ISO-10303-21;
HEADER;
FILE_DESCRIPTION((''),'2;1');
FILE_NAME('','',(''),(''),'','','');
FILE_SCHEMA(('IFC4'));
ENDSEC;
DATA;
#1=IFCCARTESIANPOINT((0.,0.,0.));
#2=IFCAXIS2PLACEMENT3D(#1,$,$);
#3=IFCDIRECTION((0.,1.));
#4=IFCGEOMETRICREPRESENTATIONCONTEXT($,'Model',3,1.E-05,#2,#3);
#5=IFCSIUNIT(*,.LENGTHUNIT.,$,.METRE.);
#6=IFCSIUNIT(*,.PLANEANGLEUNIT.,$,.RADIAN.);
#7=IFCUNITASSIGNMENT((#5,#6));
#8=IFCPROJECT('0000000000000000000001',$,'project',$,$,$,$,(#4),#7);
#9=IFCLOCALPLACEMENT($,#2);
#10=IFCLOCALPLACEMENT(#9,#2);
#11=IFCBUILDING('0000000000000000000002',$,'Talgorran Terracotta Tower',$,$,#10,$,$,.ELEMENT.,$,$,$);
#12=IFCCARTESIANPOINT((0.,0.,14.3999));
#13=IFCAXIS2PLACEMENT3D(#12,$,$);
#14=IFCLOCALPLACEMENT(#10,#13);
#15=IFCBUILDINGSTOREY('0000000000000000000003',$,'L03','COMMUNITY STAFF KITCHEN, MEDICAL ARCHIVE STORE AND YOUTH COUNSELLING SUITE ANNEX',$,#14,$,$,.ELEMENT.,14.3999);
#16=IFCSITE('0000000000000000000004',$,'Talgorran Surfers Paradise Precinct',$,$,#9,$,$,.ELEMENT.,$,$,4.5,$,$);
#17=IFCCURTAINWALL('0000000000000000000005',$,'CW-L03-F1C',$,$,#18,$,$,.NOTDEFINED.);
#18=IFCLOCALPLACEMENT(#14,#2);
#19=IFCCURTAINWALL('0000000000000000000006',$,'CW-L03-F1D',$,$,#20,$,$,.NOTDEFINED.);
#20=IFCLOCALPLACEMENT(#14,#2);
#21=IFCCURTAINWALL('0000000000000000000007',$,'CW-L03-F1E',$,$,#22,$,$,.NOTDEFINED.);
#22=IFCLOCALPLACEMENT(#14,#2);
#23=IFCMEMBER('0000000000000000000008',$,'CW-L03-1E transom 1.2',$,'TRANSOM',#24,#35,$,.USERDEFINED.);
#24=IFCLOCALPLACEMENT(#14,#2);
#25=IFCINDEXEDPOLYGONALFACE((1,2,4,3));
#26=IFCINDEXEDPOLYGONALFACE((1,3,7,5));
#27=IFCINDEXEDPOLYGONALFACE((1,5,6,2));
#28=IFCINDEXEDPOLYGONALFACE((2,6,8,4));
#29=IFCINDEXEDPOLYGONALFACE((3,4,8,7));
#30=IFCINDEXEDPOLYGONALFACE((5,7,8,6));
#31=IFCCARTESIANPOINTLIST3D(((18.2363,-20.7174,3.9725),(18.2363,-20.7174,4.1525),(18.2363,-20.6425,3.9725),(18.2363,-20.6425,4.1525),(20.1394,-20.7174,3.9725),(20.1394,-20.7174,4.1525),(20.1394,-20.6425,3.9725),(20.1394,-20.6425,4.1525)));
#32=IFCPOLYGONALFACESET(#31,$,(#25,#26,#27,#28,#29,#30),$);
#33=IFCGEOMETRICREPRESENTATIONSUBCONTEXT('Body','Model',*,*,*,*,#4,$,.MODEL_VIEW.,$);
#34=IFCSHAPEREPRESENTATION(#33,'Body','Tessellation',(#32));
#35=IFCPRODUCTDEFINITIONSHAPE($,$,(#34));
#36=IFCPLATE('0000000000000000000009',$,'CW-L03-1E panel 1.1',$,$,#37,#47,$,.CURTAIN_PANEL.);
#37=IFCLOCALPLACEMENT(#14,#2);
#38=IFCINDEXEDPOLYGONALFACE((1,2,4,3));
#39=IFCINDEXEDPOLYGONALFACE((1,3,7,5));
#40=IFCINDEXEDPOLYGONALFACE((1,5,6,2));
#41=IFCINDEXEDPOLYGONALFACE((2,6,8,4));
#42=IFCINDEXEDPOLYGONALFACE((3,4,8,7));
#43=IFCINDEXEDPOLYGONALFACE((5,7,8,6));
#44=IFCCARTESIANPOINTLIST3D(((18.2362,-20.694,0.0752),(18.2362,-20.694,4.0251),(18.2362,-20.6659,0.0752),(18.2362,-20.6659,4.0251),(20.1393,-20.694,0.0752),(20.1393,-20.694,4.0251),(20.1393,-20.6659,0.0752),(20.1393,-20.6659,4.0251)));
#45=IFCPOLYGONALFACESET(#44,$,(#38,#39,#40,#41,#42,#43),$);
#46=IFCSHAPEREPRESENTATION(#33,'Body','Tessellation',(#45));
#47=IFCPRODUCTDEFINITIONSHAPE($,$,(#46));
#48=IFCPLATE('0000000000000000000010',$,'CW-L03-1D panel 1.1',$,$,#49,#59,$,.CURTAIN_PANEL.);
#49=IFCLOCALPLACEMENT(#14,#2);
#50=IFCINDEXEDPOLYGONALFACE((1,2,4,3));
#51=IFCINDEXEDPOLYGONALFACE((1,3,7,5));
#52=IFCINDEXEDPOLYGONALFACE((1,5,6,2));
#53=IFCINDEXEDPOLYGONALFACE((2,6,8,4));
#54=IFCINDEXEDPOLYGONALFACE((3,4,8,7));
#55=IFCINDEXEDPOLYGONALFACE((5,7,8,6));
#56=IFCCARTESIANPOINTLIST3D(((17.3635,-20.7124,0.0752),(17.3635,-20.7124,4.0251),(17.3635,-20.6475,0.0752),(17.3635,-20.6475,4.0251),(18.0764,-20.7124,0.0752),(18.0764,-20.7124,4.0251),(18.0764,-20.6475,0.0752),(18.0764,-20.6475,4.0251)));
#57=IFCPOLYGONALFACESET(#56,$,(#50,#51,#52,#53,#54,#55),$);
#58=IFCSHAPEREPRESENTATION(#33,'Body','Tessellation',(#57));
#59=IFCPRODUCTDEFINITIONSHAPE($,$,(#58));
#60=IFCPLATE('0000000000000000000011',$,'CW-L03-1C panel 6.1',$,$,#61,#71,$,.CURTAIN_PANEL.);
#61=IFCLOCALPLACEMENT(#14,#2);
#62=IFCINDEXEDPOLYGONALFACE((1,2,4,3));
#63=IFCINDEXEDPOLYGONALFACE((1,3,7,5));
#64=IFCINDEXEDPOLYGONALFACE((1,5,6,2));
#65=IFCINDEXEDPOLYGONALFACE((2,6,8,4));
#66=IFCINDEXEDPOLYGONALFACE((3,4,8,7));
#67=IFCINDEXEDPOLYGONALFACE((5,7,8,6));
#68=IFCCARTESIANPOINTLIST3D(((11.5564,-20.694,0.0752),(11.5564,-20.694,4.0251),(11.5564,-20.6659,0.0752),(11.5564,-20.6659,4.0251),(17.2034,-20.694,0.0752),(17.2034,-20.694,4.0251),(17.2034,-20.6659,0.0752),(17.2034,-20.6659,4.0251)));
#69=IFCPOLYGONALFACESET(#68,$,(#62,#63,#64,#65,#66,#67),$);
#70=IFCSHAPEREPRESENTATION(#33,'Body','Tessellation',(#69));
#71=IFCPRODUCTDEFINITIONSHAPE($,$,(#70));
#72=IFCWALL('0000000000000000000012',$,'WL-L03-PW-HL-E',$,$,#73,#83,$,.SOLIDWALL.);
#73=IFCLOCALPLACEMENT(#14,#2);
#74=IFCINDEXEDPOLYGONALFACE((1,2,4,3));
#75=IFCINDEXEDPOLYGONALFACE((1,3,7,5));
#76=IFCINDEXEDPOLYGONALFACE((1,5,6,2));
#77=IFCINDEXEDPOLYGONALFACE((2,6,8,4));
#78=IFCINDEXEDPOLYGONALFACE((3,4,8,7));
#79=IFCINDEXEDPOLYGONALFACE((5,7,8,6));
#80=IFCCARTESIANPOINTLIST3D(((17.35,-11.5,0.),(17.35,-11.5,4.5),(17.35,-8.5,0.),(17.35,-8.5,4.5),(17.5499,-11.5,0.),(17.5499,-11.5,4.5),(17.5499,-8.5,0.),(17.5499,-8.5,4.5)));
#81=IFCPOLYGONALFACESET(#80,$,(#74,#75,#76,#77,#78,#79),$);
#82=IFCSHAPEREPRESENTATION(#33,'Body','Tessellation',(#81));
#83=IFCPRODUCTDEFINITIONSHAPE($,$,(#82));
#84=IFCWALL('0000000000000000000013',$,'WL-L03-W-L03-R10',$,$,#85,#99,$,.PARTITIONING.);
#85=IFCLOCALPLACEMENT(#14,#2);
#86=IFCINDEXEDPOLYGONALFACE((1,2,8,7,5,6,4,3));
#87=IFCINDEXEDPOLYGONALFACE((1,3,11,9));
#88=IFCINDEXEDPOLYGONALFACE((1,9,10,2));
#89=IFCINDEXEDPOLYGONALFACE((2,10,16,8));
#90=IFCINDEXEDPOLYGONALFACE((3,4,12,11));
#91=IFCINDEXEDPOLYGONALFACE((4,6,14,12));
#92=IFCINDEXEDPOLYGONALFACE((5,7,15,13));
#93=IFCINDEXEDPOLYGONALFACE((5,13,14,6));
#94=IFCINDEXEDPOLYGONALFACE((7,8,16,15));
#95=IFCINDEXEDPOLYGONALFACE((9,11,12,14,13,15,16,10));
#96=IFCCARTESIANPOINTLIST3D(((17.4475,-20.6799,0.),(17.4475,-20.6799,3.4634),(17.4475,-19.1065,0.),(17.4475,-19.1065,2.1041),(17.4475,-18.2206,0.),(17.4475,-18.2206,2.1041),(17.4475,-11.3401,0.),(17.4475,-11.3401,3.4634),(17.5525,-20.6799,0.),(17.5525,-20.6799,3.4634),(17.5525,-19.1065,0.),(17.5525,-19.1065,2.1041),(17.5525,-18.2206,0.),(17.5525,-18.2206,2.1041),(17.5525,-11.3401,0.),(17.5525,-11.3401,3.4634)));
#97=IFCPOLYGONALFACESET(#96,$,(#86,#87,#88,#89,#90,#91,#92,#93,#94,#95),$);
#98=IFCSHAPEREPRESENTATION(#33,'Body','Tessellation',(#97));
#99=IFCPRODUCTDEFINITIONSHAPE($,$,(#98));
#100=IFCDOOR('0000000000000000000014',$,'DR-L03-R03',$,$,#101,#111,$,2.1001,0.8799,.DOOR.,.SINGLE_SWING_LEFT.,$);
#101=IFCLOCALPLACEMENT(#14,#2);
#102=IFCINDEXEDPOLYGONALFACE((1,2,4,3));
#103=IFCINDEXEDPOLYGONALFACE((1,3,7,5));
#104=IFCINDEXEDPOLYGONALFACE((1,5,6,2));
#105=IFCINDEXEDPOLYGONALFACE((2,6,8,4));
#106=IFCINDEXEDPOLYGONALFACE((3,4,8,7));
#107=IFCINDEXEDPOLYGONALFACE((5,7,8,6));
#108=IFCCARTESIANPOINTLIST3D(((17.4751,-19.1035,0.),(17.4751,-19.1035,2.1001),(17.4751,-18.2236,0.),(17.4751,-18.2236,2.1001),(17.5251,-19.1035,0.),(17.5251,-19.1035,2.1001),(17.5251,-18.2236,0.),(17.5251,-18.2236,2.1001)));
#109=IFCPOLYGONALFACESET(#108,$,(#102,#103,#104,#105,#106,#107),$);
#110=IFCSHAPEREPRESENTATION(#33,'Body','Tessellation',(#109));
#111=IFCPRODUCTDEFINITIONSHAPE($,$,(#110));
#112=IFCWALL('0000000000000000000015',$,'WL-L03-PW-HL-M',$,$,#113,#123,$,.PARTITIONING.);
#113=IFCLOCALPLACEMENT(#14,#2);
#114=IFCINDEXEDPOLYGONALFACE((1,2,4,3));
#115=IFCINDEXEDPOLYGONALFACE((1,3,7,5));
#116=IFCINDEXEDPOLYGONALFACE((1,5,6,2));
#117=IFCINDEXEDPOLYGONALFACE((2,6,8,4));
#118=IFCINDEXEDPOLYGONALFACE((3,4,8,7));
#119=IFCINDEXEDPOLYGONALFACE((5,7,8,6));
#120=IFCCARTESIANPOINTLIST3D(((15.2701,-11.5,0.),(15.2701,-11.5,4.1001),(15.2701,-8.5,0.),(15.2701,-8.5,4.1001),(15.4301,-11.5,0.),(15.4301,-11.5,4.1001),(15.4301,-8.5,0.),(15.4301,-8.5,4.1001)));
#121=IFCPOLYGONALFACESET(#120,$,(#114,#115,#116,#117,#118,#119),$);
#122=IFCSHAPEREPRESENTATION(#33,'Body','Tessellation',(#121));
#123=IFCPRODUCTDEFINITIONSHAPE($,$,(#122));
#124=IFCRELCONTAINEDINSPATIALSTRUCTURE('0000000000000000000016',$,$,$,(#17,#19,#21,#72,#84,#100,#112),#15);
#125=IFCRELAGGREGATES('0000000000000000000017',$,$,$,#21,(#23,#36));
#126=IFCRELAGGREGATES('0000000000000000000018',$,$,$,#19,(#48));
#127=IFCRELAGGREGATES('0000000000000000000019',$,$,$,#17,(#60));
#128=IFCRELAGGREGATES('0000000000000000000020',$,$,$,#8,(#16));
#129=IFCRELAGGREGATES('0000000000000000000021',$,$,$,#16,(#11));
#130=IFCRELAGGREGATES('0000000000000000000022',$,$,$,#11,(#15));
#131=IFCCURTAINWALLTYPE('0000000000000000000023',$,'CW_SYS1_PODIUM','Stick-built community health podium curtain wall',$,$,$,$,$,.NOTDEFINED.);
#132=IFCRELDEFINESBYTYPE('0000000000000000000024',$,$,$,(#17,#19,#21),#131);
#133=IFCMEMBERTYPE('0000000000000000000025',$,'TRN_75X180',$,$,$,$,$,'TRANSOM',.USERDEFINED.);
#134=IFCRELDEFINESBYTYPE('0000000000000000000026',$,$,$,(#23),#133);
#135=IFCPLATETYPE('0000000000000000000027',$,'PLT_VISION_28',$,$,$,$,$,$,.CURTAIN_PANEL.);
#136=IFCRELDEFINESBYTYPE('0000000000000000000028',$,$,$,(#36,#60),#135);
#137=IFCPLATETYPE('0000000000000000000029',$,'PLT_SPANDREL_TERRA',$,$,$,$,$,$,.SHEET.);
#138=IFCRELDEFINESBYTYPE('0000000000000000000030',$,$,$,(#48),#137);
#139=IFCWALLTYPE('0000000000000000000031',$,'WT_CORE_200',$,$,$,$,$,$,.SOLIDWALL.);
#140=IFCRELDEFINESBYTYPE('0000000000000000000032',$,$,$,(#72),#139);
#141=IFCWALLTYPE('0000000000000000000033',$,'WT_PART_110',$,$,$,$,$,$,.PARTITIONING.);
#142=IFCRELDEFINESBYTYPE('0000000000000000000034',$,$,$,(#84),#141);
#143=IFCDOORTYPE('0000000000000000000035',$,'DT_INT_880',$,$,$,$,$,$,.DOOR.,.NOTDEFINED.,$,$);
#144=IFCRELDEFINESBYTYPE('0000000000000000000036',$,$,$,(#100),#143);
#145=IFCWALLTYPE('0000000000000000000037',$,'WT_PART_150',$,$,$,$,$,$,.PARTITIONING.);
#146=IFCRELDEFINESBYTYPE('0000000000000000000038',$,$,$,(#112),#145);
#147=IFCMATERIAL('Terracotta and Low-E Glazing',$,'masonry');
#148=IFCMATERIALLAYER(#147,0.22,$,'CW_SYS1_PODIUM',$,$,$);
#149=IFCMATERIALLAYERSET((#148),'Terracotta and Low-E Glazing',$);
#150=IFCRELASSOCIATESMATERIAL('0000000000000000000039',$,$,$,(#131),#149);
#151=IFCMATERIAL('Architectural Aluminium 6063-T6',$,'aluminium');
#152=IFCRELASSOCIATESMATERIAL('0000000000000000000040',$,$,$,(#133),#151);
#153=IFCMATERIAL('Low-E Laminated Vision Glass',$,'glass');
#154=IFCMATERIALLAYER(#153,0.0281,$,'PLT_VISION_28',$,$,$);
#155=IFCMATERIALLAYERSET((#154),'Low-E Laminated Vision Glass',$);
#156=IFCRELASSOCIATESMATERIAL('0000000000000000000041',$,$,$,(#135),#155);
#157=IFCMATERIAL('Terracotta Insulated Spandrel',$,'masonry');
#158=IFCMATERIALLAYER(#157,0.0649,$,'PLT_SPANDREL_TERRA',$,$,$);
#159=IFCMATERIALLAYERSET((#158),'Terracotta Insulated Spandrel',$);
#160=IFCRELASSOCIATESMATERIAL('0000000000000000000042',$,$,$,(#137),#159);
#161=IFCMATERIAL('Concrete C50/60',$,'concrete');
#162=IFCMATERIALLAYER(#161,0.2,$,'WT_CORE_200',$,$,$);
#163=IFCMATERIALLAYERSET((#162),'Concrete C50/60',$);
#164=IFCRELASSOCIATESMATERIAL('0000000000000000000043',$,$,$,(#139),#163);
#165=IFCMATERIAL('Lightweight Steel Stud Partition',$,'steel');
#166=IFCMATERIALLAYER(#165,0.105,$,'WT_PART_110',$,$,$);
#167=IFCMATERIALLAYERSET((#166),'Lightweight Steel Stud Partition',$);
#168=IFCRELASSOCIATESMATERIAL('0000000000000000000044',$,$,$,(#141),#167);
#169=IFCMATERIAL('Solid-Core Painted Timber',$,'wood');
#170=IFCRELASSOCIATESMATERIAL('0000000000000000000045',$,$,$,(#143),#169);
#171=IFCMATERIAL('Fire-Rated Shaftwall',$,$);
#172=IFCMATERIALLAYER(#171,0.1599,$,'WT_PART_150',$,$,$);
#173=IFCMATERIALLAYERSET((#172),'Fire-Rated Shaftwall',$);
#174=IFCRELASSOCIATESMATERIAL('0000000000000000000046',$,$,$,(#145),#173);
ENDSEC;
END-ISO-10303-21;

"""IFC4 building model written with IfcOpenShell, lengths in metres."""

from ifc_helpers import new_model, si_unit, direction, frame, frame_2d, origin, origin_2d, place, context, subcontext, project, spatial, rectangle, extrude, source, transform, mapped, material, layer, layer_set, material_profile, profile_set, type_object, type_shapes, element, fill, aggregate, save


model = new_model("IFC4")

# Units and contexts
model_context = context("Model", 3, precision=1e-05, world=origin(), true_north=direction((0.0, 1.0)))
body_context = subcontext(model_context, "Body", "Model", "MODEL_VIEW")
ifc_project = project(units=[si_unit("LENGTHUNIT", "METRE"), si_unit("PLANEANGLEUNIT", "RADIAN")], contexts=[model_context])

# Site, building, storey
site_placement = place(None, origin())
site = spatial("IfcSite", under=ifc_project, at=site_placement, Name="Talgorran Surfers Paradise Precinct", CompositionType="ELEMENT", RefElevation=4.5)
building_placement = place(site_placement, origin())
building = spatial("IfcBuilding", under=site, at=building_placement, Name="Talgorran Terracotta Tower", CompositionType="ELEMENT")
storey_placement = place(building_placement, frame((0.0, 0.0, 14.3999)))
storey = spatial("IfcBuildingStorey", under=building, at=storey_placement, Name="L03", Description="COMMUNITY STAFF KITCHEN, MEDICAL ARCHIVE STORE AND YOUTH COUNSELLING SUITE ANNEX", CompositionType="ELEMENT", Elevation=14.3999)

# Curtain wall
ifc_material_1 = material(Name="Terracotta and Low-E Glazing", Category="masonry")
ifc_layer_1 = layer(ifc_material_1, 0.22, Name="CW_SYS1_PODIUM")
ifc_layer_set_1 = layer_set([ifc_layer_1], Name="Terracotta and Low-E Glazing")
curtain_wall_type = type_object("IfcCurtainWallType", Name="CW_SYS1_PODIUM", Description="Stick-built community health podium curtain wall", PredefinedType="NOTDEFINED", material=ifc_layer_set_1)
curtain_wall_1_placement = place(storey_placement, origin())
curtain_wall_1 = element("IfcCurtainWall", 1, at=curtain_wall_1_placement, inside=storey, type_object=curtain_wall_type, Name="CW-L03-F1C", PredefinedType="NOTDEFINED")
ifc_material_2 = material(Name="Architectural Aluminium 6063-T6", Category="aluminium")

# Curtain walls
curtain_wall_2_placement = place(storey_placement, origin())
curtain_wall_2 = element("IfcCurtainWall", 2, at=curtain_wall_2_placement, inside=storey, type_object=curtain_wall_type, Name="CW-L03-F1D", PredefinedType="NOTDEFINED")
curtain_wall_3_placement = place(storey_placement, origin())
curtain_wall_3 = element("IfcCurtainWall", 3, at=curtain_wall_3_placement, inside=storey, type_object=curtain_wall_type, Name="CW-L03-F1E", PredefinedType="NOTDEFINED")

# Member
ifc_material_profile_1 = material_profile(ifc_material_2, rectangle(XDim=0.075, YDim=0.1799, at=origin_2d()), Name="CWT75X180")
ifc_profile_set_1 = profile_set([ifc_material_profile_1], Name="Architectural Aluminium 6063-T6")
member_type_1 = type_object("IfcMemberType", Name="TRN_75X180", ElementType="TRANSOM", PredefinedType="USERDEFINED", material=ifc_profile_set_1)
member_1_placement = place(storey_placement, frame((18.2363, -20.6799, 4.0625), z_axis=(1.0, 0.0, 0.0), x_axis=(0.0, 1.0, 0.0)))
member_1 = element("IfcMember", 4, at=member_1_placement, type_object=member_type_1, Name="CW-L03-1E transom 1.2", ObjectType="TRANSOM", PredefinedType="USERDEFINED", context=body_context, shape_type="SweptSolid", body=[
    extrude(rectangle(XDim=0.075, YDim=0.1799, at=origin_2d()), origin(), (0.0, 0.0, 1.0), 1.9031),
])

# Plates
ifc_material_3 = material(Name="Low-E Laminated Vision Glass", Category="glass")
ifc_layer_2 = layer(ifc_material_3, 0.0281, Name="PLT_VISION_28")
ifc_layer_set_2 = layer_set([ifc_layer_2], Name="Low-E Laminated Vision Glass")
plate_type_1 = type_object("IfcPlateType", Name="PLT_VISION_28", PredefinedType="CURTAIN_PANEL", material=ifc_layer_set_2)
shared_shape_1 = source(origin(), body_context, "Body", "SweptSolid", [
    extrude(rectangle(XDim=1.9031, YDim=0.0281, at=origin_2d()), origin(), (0.0, 0.0, 1.0), 3.95),
])
plate_1_placement = place(storey_placement, frame((19.1877, -20.6799, 0.0752), z_axis=(0.0, 0.0, 1.0), x_axis=(1.0, 0.0, 0.0)))
plate_1 = element("IfcPlate", 5, at=plate_1_placement, type_object=plate_type_1, Name="CW-L03-1E panel 1.1", PredefinedType="CURTAIN_PANEL", context=body_context, shape_type="MappedRepresentation", body=[
    mapped(shared_shape_1, transform((0.0, 0.0, 0.0), scale=1.0)),
])
aggregate(curtain_wall_3, [member_1, plate_1])
ifc_material_4 = material(Name="Terracotta Insulated Spandrel", Category="masonry")
ifc_layer_3 = layer(ifc_material_4, 0.0649, Name="PLT_SPANDREL_TERRA")
ifc_layer_set_3 = layer_set([ifc_layer_3], Name="Terracotta Insulated Spandrel")
plate_type_2 = type_object("IfcPlateType", Name="PLT_SPANDREL_TERRA", PredefinedType="SHEET", material=ifc_layer_set_3)
shared_shape_2 = source(origin(), body_context, "Body", "SweptSolid", [
    extrude(rectangle(XDim=0.7129, YDim=0.0649, at=origin_2d()), origin(), (0.0, 0.0, 1.0), 3.95),
])
type_shapes(plate_type_2, [shared_shape_2])
plate_2_placement = place(storey_placement, frame((17.72, -20.6799, 0.0752), z_axis=(0.0, 0.0, 1.0), x_axis=(1.0, 0.0, 0.0)))
plate_2 = element("IfcPlate", 6, at=plate_2_placement, type_object=plate_type_2, Name="CW-L03-1D panel 1.1", PredefinedType="CURTAIN_PANEL", context=body_context, shape_type="MappedRepresentation", body=[
    mapped(shared_shape_2, transform((0.0, 0.0, 0.0), scale=1.0)),
])
aggregate(curtain_wall_2, [plate_2])
shared_shape_3 = source(origin(), body_context, "Body", "SweptSolid", [
    extrude(rectangle(XDim=5.647, YDim=0.0281, at=origin_2d()), origin(), (0.0, 0.0, 1.0), 3.95),
])
type_shapes(plate_type_1, [shared_shape_1, shared_shape_3])
plate_3_placement = place(storey_placement, frame((14.3799, -20.6799, 0.0752), z_axis=(0.0, 0.0, 1.0), x_axis=(1.0, 0.0, 0.0)))
plate_3 = element("IfcPlate", 7, at=plate_3_placement, type_object=plate_type_1, Name="CW-L03-1C panel 6.1", PredefinedType="CURTAIN_PANEL", context=body_context, shape_type="MappedRepresentation", body=[
    mapped(shared_shape_3, transform((0.0, 0.0, 0.0), scale=1.0)),
])
aggregate(curtain_wall_1, [plate_3])

# Wall
ifc_material_5 = material(Name="Concrete C50/60", Category="concrete")
ifc_layer_4 = layer(ifc_material_5, 0.2, Name="WT_CORE_200")
ifc_layer_set_4 = layer_set([ifc_layer_4], Name="Concrete C50/60")
wall_type_1 = type_object("IfcWallType", Name="WT_CORE_200", PredefinedType="SOLIDWALL", material=ifc_layer_set_4)
wall_1_placement = place(storey_placement, frame((17.45, -11.5, 0.0), z_axis=(0.0, 0.0, 1.0), x_axis=(0.0, 1.0, 0.0)))
element("IfcWall", 8, at=wall_1_placement, inside=storey, type_object=wall_type_1, Name="WL-L03-PW-HL-E", PredefinedType="SOLIDWALL", context=body_context, shape_type="SweptSolid", body=[
    extrude(rectangle(XDim=3.0, YDim=0.2, at=frame_2d((1.5, 0.0))), origin(), (0.0, 0.0, 1.0), 4.5),
])

# Wall, opening, door
ifc_material_6 = material(Name="Lightweight Steel Stud Partition", Category="steel")
ifc_layer_5 = layer(ifc_material_6, 0.105, Name="WT_PART_110")
ifc_layer_set_5 = layer_set([ifc_layer_5], Name="Lightweight Steel Stud Partition")
wall_type_2 = type_object("IfcWallType", Name="WT_PART_110", PredefinedType="PARTITIONING", material=ifc_layer_set_5)
wall_2_placement = place(storey_placement, frame((17.5, -20.6799, 0.0), z_axis=(0.0, 0.0, 1.0), x_axis=(0.0, 1.0, 0.0)))
wall_2 = element("IfcWall", 9, at=wall_2_placement, inside=storey, type_object=wall_type_2, Name="WL-L03-W-L03-R10", PredefinedType="PARTITIONING", context=body_context, shape_type="SweptSolid", body=[
    extrude(rectangle(XDim=9.3398, YDim=0.105, at=frame_2d((4.6699, 0.0))), origin(), (0.0, 0.0, 1.0), 3.4634),
])
opening_placement = place(wall_2_placement, frame((1.5764, 0.0, 0.0)))
opening = element("IfcOpeningElement", 10, at=opening_placement, cuts=wall_2, PredefinedType="OPENING", context=body_context, shape_type="SweptSolid", body=[
    extrude(rectangle(XDim=0.8859, YDim=2.1041, at=frame_2d((0.4399, 1.052))), frame((0.0, 0.0625, 0.0), z_axis=(0.0, -1.0, 0.0), x_axis=(1.0, 0.0, 0.0)), (0.0, 0.0, 1.0), 0.125),
])
ifc_material_7 = material(Name="Solid-Core Painted Timber", Category="wood")
door_type = type_object("IfcDoorType", Name="DT_INT_880", OperationType="NOTDEFINED", PredefinedType="DOOR", material=ifc_material_7)
door_placement = place(opening_placement, origin())
door = element("IfcDoor", 11, at=door_placement, inside=storey, type_object=door_type, Name="DR-L03-R03", OperationType="SINGLE_SWING_LEFT", OverallHeight=2.1001, OverallWidth=0.8799, PredefinedType="DOOR", context=body_context, shape_type="SweptSolid", body=[
    extrude(rectangle(XDim=0.8799, YDim=2.1001, at=frame_2d((0.4399, 1.05))), frame((0.0, 0.0249, 0.0), z_axis=(0.0, -1.0, 0.0), x_axis=(1.0, 0.0, 0.0)), (0.0, 0.0, 1.0), 0.05),
])
fill(opening, door)

# Wall
ifc_material_8 = material(Name="Fire-Rated Shaftwall")
ifc_layer_6 = layer(ifc_material_8, 0.1599, Name="WT_PART_150")
ifc_layer_set_6 = layer_set([ifc_layer_6], Name="Fire-Rated Shaftwall")
wall_type_3 = type_object("IfcWallType", Name="WT_PART_150", PredefinedType="PARTITIONING", material=ifc_layer_set_6)
wall_3_placement = place(storey_placement, frame((15.3501, -11.5, 0.0), z_axis=(0.0, 0.0, 1.0), x_axis=(0.0, 1.0, 0.0)))
element("IfcWall", 12, at=wall_3_placement, inside=storey, type_object=wall_type_3, Name="WL-L03-PW-HL-M", PredefinedType="PARTITIONING", context=body_context, shape_type="SweptSolid", body=[
    extrude(rectangle(XDim=3.0, YDim=0.1599, at=frame_2d((1.5, 0.0))), origin(), (0.0, 0.0, 1.0), 4.1001),
])

save(model, "model.ifc")
